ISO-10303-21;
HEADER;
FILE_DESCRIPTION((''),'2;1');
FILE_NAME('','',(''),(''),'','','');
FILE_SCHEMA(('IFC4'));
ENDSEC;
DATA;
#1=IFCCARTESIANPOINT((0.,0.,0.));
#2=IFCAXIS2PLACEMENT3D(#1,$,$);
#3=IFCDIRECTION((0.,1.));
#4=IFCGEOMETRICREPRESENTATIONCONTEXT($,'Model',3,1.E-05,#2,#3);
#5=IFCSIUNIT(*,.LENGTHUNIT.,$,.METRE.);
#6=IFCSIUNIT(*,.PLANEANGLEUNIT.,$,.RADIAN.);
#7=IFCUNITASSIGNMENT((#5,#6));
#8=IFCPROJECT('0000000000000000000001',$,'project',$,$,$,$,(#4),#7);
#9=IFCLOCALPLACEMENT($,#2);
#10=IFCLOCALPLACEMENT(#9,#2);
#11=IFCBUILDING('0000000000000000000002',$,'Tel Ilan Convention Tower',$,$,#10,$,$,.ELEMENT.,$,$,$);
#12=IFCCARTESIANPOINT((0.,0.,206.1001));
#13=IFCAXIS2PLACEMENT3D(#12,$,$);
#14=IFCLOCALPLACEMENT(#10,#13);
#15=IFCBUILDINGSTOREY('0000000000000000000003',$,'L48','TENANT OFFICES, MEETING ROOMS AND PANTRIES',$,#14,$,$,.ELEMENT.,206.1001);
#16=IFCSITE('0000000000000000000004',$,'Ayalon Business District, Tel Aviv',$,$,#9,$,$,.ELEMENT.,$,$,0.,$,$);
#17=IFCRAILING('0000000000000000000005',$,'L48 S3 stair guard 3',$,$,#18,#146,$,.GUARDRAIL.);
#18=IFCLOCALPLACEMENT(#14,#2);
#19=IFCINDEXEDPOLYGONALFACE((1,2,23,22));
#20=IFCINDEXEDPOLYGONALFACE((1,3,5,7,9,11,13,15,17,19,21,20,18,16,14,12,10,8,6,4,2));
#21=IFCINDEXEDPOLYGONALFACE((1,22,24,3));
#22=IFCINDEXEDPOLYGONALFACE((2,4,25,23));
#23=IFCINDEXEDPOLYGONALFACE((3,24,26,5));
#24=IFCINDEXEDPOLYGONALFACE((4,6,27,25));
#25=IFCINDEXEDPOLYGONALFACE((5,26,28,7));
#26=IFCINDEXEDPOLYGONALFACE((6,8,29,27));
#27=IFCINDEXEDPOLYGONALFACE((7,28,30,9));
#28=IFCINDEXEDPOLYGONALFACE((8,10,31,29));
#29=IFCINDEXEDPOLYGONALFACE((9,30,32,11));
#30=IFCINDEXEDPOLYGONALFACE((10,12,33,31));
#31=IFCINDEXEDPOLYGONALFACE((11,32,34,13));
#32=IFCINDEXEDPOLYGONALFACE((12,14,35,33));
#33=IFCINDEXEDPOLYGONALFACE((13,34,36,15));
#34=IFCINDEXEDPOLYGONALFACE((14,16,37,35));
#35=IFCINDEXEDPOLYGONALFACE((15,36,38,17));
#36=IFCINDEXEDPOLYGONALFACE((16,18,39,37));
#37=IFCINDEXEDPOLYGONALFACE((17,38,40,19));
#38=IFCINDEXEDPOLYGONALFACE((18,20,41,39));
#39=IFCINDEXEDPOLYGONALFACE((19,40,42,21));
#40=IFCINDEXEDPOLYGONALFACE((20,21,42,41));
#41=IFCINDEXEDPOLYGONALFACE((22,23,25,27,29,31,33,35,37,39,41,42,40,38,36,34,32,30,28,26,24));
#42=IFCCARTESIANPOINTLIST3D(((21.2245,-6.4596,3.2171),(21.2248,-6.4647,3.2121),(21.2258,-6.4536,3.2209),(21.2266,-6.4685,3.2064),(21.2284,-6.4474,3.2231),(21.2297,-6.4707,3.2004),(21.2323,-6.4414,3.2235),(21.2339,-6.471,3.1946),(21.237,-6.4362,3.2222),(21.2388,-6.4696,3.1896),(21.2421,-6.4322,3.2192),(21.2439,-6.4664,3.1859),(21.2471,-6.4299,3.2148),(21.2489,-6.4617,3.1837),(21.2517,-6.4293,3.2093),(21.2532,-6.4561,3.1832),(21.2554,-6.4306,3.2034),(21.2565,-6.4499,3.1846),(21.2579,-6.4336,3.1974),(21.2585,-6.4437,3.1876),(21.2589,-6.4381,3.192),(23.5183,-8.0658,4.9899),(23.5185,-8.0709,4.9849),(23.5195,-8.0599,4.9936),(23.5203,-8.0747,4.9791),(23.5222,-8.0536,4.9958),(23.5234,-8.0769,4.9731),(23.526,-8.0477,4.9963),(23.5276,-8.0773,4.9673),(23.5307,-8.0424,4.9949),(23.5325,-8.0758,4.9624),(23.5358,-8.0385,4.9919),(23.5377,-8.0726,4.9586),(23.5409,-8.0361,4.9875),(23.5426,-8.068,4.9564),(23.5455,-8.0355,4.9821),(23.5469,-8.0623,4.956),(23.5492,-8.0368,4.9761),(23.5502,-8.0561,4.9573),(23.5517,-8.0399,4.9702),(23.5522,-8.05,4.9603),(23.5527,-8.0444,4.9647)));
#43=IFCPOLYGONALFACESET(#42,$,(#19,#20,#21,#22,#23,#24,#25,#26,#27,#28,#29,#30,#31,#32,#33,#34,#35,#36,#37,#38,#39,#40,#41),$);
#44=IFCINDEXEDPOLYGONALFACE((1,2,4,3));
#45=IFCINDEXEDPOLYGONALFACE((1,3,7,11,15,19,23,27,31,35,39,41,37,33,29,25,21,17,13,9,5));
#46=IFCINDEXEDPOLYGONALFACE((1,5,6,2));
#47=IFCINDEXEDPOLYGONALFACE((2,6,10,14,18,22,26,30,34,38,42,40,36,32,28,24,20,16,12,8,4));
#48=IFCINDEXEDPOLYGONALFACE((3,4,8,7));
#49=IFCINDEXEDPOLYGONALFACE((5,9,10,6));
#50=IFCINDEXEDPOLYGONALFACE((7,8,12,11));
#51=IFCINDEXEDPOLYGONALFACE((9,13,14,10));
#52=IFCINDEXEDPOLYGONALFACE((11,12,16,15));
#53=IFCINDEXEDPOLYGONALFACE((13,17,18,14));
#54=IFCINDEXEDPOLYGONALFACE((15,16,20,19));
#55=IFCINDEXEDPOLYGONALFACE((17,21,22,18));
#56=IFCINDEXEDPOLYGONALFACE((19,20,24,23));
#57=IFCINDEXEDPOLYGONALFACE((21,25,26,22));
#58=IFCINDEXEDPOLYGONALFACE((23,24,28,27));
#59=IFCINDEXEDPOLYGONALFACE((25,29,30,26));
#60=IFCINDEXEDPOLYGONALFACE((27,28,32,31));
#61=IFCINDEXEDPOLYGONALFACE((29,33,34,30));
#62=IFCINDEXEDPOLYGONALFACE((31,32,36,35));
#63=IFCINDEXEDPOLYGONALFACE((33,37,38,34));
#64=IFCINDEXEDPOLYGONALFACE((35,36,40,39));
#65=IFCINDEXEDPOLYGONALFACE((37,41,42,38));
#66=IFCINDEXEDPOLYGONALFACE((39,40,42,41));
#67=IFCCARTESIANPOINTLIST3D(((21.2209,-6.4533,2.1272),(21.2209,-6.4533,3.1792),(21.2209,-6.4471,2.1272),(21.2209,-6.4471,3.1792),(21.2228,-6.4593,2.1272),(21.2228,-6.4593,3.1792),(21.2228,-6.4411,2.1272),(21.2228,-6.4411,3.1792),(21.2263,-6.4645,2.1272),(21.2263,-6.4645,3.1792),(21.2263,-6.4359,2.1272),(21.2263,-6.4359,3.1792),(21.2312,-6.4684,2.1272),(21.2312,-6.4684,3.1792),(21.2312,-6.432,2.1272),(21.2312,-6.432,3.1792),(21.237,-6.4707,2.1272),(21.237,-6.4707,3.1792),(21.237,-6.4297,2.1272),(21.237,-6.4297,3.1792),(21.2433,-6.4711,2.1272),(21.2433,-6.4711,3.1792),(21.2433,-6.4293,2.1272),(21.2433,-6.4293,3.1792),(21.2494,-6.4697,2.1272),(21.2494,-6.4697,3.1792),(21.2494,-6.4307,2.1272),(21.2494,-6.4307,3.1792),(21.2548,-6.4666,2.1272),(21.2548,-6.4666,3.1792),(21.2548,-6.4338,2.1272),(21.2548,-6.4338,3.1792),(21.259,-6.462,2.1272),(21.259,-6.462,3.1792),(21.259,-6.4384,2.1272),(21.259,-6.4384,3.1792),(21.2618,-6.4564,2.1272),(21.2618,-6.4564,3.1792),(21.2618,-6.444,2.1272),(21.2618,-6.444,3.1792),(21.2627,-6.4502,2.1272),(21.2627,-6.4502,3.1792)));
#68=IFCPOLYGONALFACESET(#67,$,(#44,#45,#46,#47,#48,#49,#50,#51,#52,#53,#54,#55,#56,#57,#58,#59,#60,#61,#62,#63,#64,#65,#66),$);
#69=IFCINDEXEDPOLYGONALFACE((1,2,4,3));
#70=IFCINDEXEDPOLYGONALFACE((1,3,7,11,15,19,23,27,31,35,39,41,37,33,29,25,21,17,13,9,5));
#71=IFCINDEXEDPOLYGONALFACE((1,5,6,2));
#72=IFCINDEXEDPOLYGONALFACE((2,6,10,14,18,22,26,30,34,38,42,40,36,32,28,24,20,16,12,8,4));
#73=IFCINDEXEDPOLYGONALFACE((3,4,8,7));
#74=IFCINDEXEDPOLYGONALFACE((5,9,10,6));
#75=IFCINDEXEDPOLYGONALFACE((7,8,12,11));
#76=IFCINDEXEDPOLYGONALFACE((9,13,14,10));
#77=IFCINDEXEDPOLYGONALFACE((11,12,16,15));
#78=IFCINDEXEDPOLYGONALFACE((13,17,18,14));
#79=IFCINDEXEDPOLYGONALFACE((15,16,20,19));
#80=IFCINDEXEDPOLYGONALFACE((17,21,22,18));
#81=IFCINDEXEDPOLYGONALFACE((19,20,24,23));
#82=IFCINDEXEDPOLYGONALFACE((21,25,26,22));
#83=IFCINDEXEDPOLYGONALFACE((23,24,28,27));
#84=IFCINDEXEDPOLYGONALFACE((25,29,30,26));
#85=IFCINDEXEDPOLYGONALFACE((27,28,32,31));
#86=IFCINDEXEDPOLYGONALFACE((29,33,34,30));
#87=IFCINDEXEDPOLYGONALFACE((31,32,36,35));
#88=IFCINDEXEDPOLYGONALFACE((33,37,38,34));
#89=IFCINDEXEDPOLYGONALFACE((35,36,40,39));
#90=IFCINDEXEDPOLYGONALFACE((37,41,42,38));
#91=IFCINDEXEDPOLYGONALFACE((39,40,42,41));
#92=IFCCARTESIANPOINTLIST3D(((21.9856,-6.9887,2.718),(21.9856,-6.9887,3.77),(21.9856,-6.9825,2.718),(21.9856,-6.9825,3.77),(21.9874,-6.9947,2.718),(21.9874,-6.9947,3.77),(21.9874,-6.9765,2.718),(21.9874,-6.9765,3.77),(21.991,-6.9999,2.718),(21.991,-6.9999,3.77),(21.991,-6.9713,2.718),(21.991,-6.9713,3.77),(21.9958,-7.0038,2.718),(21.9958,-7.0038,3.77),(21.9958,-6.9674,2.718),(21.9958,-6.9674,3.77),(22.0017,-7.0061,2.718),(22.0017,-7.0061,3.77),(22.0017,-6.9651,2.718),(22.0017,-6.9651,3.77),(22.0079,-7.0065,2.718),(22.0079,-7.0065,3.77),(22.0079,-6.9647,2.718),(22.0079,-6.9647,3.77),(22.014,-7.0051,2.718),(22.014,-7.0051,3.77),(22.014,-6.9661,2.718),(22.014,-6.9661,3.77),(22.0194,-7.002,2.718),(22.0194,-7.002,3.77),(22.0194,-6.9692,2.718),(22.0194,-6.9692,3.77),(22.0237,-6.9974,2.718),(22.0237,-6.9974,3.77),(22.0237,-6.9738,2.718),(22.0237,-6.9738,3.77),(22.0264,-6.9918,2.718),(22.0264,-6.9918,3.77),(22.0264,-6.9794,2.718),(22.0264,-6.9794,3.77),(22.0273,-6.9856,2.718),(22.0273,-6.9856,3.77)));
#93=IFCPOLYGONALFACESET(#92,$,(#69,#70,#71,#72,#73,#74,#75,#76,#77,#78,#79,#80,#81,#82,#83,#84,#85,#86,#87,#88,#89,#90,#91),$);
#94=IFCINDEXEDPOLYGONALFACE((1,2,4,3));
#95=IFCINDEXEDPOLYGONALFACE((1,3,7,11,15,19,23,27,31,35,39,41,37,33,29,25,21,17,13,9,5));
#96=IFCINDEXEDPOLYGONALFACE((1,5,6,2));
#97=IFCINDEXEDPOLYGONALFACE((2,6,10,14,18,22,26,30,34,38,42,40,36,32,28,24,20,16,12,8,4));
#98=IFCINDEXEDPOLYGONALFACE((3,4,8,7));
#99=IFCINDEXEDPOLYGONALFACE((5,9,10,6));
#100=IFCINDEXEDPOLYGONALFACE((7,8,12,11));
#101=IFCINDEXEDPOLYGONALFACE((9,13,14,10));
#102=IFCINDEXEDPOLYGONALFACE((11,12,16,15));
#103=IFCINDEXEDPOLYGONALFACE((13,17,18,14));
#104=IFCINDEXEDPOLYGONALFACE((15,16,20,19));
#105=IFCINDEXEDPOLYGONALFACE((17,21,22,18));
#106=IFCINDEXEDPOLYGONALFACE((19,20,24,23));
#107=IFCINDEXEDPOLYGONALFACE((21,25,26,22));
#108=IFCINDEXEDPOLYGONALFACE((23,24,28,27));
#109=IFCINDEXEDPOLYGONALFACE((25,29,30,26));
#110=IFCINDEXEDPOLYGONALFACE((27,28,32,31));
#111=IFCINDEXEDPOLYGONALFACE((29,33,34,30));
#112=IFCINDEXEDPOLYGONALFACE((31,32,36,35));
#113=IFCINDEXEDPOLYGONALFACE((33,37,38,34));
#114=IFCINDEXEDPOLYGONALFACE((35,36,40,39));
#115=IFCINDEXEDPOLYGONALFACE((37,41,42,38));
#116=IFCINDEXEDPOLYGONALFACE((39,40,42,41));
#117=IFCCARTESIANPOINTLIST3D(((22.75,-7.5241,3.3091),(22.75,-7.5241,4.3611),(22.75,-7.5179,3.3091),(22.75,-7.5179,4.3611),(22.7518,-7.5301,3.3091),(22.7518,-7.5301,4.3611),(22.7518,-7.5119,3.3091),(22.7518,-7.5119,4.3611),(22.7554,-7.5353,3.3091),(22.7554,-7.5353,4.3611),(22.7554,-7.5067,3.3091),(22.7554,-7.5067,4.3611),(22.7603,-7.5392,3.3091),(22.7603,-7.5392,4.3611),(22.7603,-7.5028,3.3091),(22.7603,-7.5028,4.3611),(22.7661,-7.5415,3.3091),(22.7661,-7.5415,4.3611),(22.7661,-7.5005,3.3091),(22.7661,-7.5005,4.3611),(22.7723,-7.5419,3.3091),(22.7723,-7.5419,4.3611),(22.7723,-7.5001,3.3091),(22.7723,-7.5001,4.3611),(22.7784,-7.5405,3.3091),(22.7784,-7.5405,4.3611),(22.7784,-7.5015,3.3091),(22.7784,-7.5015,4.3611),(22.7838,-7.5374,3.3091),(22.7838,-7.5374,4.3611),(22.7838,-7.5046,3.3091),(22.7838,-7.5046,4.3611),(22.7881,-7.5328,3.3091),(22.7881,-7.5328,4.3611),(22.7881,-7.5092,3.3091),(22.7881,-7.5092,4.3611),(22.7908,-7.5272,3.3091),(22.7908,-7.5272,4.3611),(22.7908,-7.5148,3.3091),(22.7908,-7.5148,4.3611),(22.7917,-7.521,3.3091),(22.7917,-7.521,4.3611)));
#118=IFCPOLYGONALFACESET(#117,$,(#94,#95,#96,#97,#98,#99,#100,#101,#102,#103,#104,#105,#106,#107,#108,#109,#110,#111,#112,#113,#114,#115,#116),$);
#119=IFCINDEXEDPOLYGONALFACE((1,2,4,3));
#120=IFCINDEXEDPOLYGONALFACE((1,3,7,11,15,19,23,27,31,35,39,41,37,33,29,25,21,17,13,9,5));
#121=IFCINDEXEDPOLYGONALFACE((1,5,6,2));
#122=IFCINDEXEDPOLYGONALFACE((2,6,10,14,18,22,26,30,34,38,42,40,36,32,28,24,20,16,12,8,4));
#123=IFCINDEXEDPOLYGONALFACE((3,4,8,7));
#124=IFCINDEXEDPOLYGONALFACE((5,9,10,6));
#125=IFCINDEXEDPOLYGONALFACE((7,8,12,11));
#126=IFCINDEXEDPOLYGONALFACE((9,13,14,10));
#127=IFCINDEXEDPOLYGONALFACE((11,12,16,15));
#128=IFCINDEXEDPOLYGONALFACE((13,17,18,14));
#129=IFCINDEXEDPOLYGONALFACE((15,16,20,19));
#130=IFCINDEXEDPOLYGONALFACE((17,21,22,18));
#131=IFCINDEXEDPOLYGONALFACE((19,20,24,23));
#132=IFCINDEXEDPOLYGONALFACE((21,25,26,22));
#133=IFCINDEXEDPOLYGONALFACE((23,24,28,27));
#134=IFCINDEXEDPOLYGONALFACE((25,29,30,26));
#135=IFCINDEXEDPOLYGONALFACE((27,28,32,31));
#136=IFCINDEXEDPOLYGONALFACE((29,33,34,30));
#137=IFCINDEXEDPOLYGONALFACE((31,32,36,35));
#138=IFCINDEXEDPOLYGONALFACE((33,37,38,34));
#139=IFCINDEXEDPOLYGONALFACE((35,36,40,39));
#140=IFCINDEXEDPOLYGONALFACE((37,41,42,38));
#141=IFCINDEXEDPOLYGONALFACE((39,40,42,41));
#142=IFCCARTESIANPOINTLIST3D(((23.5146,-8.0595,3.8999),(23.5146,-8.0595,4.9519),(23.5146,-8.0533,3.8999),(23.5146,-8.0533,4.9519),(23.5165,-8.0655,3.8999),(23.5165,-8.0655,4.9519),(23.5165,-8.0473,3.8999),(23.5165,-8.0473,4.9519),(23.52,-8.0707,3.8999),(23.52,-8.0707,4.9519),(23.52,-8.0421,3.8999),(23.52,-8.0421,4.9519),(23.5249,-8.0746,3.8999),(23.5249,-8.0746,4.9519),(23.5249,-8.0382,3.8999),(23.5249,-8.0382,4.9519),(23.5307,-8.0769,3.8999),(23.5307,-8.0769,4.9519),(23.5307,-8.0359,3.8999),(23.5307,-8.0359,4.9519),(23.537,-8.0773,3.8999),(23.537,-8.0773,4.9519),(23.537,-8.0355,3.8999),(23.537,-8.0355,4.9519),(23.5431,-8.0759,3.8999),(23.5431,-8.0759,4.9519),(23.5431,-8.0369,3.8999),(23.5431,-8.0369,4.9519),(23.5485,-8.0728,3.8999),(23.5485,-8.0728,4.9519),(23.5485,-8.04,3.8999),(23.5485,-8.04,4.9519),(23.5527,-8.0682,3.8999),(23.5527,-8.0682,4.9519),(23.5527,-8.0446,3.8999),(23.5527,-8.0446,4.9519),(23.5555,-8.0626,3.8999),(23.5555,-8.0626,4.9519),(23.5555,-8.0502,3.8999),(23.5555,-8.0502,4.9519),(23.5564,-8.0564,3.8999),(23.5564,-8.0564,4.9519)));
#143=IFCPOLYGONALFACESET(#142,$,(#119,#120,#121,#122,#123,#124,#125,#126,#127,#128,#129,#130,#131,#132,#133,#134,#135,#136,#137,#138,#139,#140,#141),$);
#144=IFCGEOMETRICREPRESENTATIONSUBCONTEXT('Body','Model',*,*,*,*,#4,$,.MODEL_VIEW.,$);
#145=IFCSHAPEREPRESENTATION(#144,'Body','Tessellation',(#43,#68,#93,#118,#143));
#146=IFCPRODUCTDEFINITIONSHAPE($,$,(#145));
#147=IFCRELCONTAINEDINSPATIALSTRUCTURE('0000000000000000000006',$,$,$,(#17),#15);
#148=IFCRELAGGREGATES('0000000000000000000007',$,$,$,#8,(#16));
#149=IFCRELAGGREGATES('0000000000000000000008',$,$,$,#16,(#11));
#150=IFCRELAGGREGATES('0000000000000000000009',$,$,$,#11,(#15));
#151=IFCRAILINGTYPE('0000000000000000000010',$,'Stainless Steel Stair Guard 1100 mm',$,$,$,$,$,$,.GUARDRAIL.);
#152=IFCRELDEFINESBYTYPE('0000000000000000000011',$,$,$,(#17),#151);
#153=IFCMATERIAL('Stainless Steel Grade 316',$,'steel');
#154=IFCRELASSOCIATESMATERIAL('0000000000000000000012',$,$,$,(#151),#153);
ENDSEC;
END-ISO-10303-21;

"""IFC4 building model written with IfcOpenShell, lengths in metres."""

from ifc_helpers import new_model, si_unit, direction, frame, origin, origin_2d, place, context, subcontext, project, spatial, circle, extrude, material, type_object, element, save


model = new_model("IFC4")

# Units and contexts
model_context = context("Model", 3, precision=1e-05, world=origin(), true_north=direction((0.0, 1.0)))
body_context = subcontext(model_context, "Body", "Model", "MODEL_VIEW")
ifc_project = project(units=[si_unit("LENGTHUNIT", "METRE"), si_unit("PLANEANGLEUNIT", "RADIAN")], contexts=[model_context])

# Site, building, storey
site_placement = place(None, origin())
site = spatial("IfcSite", under=ifc_project, at=site_placement, Name="Ayalon Business District, Tel Aviv", CompositionType="ELEMENT", RefElevation=0.0)
building_placement = place(site_placement, origin())
building = spatial("IfcBuilding", under=site, at=building_placement, Name="Tel Ilan Convention Tower", CompositionType="ELEMENT")
storey_placement = place(building_placement, frame((0.0, 0.0, 206.1001)))
storey = spatial("IfcBuildingStorey", under=building, at=storey_placement, Name="L48", Description="TENANT OFFICES, MEETING ROOMS AND PANTRIES", CompositionType="ELEMENT", Elevation=206.1001)

# Railing
ifc_material_1 = material(Name="Stainless Steel Grade 316", Category="steel")
railing_type_1 = type_object("IfcRailingType", Name="Stainless Steel Stair Guard 1100 mm", PredefinedType="GUARDRAIL", material=ifc_material_1)
railing_1_placement = place(storey_placement, frame((21.2417, -6.4502, 2.1272)))
element("IfcRailing", 1, at=railing_1_placement, inside=storey, type_object=railing_type_1, Name="L48 S3 stair guard 3", PredefinedType="GUARDRAIL", context=body_context, shape_type="SweptSolid", body=[
    extrude(circle(Radius=0.0239, at=origin_2d()), frame((0.0, 0.0, 1.0762), z_axis=(0.692098, -0.484653, 0.534894), x_axis=(0.573609, 0.81913, 0.0)), (0.0, 0.0, 1.0), 3.3142),
    extrude(circle(Radius=0.021, at=origin_2d()), origin(), (0.0, 0.0, 1.0), 1.052),
    extrude(circle(Radius=0.021, at=origin_2d()), frame((0.7646, -0.5354, 0.5908)), (0.0, 0.0, 1.0), 1.052),
    extrude(circle(Radius=0.021, at=origin_2d()), frame((1.5291, -1.0708, 1.1819)), (0.0, 0.0, 1.0), 1.052),
    extrude(circle(Radius=0.021, at=origin_2d()), frame((2.2937, -1.6062, 1.7727)), (0.0, 0.0, 1.0), 1.052),
])

save(model, "model.ifc")
